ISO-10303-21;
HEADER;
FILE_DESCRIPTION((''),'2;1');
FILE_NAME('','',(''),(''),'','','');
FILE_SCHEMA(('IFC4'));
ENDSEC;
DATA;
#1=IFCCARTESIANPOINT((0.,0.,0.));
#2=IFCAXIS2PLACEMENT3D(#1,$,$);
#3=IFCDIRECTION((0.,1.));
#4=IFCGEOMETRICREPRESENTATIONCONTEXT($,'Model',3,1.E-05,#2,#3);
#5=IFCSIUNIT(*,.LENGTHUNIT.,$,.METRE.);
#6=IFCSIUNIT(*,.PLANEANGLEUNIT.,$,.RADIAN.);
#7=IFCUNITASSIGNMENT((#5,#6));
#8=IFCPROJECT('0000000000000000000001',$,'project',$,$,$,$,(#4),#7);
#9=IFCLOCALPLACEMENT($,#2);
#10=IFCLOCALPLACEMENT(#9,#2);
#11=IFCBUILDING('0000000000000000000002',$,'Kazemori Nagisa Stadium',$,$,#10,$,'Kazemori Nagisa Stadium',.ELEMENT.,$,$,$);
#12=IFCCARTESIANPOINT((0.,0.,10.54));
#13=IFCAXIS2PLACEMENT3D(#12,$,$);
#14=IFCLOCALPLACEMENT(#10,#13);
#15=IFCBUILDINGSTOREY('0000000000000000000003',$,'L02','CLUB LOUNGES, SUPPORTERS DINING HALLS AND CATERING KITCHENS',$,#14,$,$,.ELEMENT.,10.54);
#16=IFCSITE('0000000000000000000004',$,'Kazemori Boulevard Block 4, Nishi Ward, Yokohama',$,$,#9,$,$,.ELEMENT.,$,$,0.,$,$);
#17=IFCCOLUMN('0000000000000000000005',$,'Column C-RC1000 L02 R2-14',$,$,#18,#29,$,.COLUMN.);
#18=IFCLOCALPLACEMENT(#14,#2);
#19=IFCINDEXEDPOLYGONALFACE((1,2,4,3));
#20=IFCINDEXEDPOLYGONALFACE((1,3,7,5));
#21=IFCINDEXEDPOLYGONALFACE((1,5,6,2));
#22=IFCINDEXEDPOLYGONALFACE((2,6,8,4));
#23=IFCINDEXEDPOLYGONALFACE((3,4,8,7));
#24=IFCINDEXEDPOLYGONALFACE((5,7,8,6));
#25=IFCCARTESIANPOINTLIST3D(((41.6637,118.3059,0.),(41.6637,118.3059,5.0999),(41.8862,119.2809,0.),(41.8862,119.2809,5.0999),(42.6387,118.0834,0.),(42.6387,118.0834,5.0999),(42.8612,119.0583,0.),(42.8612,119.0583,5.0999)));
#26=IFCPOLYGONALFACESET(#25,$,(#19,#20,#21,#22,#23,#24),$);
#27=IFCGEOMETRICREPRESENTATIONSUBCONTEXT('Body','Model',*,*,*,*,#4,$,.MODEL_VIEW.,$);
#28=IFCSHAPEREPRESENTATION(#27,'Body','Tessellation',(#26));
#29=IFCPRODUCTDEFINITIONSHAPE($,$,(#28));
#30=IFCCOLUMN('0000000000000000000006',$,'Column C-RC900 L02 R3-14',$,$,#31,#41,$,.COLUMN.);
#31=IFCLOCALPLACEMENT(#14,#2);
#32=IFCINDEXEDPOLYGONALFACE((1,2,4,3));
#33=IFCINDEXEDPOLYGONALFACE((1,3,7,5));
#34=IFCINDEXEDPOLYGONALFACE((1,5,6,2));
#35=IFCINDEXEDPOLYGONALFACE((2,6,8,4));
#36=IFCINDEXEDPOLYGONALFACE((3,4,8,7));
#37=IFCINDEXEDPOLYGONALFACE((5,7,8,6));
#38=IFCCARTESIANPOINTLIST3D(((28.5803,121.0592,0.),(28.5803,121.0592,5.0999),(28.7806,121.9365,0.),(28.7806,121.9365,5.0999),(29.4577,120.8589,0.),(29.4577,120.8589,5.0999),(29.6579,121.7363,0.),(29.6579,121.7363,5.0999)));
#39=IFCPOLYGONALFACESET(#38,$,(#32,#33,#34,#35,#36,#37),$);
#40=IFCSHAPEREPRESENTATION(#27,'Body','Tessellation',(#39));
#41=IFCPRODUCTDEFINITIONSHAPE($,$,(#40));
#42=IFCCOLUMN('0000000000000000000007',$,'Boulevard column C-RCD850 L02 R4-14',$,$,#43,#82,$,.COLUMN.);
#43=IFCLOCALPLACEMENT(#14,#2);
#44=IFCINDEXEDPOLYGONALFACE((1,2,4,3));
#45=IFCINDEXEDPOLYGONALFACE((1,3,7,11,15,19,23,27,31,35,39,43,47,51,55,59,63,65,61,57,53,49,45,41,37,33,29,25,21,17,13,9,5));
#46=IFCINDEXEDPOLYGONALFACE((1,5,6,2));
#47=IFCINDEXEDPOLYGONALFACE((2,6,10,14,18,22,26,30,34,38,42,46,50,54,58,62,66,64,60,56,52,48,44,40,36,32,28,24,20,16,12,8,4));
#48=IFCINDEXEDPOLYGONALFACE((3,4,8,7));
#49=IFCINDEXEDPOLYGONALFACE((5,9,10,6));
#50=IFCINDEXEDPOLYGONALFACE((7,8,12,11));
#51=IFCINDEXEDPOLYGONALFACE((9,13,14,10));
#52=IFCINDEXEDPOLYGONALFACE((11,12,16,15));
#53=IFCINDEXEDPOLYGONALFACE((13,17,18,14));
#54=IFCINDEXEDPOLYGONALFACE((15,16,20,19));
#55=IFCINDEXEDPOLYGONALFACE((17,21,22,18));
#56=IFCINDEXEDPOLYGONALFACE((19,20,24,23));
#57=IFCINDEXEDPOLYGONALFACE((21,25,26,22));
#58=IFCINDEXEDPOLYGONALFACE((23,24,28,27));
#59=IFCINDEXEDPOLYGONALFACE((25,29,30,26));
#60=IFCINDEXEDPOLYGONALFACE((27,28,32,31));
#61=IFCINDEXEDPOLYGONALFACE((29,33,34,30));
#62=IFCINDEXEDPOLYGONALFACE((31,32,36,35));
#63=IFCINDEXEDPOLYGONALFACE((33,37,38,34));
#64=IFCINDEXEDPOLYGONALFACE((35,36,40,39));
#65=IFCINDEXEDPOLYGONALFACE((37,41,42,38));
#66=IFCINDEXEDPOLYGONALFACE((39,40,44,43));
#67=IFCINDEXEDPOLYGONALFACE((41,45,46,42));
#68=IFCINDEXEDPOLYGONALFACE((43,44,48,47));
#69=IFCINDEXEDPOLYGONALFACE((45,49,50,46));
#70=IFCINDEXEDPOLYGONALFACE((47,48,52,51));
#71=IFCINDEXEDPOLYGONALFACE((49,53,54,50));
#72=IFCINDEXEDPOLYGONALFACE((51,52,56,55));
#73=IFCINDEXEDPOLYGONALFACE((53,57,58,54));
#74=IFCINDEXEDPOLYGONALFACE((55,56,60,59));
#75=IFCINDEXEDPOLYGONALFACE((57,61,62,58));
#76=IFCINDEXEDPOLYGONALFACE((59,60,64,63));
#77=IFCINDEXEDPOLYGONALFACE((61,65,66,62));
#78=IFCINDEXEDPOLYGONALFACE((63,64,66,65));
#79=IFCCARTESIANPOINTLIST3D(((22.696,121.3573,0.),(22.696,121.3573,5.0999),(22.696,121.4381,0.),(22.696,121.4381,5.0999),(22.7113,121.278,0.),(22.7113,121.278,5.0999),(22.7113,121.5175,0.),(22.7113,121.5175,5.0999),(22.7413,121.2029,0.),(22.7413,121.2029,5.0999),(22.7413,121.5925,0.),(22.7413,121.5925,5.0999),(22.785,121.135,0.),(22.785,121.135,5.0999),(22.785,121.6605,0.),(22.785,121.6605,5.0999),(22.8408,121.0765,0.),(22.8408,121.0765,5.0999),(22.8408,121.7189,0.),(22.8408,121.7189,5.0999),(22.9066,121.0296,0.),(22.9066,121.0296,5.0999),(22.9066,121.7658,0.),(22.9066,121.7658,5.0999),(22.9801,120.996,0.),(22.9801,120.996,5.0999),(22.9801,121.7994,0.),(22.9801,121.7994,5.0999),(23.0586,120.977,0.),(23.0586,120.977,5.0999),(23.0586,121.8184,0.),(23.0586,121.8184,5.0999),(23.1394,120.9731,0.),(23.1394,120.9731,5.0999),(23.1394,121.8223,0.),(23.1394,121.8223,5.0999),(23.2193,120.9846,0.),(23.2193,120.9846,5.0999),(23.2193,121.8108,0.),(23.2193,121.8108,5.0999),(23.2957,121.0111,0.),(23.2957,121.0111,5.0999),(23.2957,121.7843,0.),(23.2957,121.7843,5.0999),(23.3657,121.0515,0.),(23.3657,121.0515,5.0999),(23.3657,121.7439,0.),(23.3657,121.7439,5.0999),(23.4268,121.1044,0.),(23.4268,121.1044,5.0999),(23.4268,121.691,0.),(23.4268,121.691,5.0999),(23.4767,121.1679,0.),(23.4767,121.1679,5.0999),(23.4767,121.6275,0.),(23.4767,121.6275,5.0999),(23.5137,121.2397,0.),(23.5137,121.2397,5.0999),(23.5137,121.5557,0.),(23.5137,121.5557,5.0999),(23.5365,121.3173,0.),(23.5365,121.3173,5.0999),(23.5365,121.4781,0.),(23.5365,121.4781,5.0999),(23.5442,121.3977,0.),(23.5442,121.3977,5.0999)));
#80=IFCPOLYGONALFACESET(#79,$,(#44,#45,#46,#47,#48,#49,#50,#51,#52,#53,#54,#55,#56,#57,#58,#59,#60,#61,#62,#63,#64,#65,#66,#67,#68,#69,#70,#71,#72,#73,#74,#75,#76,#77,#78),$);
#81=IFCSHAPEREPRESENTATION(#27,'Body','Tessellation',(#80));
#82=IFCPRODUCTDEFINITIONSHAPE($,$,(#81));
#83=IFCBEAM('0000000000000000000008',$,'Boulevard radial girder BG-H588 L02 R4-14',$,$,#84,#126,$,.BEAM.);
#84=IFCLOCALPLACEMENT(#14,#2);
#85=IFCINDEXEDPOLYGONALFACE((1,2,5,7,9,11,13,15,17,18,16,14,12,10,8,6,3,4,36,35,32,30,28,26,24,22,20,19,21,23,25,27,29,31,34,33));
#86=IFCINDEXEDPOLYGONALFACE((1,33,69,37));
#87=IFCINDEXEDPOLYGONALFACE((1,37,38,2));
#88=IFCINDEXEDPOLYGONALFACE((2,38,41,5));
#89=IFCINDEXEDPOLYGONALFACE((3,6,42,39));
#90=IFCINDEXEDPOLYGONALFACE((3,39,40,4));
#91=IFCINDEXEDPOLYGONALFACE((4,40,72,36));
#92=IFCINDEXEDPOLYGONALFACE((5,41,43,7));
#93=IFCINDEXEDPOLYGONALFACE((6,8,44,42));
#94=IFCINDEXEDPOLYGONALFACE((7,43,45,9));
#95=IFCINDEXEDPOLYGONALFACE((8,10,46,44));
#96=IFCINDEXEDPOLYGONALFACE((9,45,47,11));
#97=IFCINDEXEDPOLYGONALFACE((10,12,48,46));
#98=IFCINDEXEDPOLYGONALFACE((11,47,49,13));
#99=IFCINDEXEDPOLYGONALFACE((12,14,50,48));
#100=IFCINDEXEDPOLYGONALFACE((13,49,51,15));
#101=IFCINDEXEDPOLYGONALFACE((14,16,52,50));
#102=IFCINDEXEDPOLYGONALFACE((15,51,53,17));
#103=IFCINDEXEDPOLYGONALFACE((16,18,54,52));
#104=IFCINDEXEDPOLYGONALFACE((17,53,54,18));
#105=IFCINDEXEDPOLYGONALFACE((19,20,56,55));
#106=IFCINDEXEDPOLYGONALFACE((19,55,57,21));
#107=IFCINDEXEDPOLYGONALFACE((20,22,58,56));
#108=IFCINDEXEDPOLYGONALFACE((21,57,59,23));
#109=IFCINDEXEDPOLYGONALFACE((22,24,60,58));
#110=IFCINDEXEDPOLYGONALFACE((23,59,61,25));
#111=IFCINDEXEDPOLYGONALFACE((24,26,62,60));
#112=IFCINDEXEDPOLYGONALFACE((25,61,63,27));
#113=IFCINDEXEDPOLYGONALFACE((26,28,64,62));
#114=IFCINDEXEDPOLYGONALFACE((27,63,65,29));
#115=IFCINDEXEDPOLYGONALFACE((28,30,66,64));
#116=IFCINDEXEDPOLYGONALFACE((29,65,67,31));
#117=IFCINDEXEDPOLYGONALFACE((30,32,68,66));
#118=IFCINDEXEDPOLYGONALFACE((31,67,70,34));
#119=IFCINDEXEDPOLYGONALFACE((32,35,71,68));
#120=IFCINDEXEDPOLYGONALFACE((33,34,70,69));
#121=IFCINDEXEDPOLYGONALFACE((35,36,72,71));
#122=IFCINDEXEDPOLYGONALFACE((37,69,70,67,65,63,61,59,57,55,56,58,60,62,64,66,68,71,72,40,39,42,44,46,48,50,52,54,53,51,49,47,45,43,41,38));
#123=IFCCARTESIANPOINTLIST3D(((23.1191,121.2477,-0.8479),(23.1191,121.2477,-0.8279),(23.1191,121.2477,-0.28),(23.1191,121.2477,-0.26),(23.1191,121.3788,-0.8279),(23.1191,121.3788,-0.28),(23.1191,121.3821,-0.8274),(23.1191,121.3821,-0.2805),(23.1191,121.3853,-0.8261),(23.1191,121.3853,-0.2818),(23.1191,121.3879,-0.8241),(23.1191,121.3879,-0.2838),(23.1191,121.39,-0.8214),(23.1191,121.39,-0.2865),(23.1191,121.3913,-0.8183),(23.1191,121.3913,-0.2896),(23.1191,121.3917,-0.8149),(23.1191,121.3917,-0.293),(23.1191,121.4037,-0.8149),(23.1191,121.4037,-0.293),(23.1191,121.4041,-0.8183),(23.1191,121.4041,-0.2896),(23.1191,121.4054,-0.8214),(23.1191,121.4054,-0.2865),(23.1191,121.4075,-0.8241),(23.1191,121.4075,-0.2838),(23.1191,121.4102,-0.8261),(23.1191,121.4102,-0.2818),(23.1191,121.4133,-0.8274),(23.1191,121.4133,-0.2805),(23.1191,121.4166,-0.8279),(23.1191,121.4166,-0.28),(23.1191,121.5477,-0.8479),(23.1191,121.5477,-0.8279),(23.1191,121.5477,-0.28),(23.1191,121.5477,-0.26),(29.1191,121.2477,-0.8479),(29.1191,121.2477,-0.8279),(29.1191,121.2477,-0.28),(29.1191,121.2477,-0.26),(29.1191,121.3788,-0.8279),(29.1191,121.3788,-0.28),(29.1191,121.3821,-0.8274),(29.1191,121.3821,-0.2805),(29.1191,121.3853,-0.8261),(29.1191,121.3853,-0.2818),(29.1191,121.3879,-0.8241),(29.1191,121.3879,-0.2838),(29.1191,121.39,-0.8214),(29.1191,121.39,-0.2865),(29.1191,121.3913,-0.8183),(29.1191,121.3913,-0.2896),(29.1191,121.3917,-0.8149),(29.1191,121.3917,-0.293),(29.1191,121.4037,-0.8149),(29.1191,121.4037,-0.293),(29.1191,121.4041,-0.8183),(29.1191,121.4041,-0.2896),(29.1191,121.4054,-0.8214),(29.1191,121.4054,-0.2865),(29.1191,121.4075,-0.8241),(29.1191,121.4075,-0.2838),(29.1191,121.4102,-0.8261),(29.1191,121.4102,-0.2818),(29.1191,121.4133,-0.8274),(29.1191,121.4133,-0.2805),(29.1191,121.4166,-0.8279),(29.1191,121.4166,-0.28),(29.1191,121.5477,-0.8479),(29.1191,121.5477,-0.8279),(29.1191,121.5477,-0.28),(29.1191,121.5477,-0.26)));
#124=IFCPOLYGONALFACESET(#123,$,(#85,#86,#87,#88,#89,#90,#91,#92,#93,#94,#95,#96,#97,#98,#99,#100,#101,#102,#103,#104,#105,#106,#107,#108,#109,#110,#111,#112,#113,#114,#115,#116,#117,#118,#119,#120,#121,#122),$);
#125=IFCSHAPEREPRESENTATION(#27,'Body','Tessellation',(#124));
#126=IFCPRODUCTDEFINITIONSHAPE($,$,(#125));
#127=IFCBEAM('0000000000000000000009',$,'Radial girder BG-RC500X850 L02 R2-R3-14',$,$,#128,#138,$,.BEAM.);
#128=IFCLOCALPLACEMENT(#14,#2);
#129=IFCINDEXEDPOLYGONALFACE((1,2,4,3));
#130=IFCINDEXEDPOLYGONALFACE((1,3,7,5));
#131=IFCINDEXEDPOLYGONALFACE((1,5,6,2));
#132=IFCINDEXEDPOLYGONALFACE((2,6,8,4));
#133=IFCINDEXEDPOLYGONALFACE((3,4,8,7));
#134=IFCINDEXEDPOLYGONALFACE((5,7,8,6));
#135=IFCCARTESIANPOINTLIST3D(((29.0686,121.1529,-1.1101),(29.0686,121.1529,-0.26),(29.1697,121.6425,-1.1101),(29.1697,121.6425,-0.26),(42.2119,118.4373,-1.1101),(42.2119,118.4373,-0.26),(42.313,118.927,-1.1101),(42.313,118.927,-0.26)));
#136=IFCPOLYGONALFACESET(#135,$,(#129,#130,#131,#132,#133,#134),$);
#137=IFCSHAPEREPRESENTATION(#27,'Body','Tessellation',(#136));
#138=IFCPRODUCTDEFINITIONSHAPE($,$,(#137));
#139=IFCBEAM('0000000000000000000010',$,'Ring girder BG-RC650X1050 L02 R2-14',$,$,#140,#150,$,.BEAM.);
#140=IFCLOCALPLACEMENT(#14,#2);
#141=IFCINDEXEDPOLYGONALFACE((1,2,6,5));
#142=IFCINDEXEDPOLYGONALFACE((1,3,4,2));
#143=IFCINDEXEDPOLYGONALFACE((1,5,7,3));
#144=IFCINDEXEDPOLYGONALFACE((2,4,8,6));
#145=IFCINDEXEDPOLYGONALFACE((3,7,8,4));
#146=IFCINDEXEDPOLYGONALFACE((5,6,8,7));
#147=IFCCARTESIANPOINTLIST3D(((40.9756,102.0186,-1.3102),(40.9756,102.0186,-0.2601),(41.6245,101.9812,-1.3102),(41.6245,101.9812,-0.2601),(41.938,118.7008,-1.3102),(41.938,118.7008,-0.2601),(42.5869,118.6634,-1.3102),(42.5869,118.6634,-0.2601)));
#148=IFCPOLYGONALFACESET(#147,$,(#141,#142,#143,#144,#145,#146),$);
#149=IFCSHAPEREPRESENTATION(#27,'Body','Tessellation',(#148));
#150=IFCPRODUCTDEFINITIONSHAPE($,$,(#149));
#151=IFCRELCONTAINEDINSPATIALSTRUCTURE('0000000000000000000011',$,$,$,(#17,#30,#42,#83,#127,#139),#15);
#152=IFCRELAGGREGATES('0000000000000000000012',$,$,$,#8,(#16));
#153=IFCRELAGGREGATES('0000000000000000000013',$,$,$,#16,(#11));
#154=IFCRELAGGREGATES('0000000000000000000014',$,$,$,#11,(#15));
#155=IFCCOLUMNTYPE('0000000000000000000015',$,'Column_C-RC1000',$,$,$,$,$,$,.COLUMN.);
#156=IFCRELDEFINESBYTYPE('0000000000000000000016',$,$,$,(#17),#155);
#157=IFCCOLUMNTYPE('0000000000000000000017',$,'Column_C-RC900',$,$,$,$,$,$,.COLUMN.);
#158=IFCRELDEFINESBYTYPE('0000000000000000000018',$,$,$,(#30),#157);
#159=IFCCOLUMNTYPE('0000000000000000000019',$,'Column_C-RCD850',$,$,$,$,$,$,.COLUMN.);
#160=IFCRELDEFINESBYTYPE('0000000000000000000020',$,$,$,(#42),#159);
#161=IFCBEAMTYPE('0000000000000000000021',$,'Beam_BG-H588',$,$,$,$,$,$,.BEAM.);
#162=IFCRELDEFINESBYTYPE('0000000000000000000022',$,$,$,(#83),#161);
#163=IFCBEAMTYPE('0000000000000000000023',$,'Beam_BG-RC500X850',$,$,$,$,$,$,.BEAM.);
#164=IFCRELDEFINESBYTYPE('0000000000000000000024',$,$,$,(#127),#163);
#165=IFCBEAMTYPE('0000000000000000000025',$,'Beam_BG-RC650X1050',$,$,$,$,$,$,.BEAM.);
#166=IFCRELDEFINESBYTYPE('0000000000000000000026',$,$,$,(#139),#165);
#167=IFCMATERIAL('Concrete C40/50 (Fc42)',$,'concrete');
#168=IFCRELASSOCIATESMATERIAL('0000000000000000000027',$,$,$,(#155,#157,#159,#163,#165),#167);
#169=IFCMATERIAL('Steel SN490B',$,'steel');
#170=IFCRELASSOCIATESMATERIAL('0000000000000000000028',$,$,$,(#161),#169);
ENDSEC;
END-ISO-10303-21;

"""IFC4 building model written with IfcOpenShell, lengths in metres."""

from ifc_helpers import new_model, si_unit, direction, frame, origin, origin_2d, place, context, subcontext, project, spatial, rectangle, circle, i_section, extrude, material, material_profile, profile_set, type_object, element, save


model = new_model("IFC4")

# Units and contexts
model_context = context("Model", 3, precision=1e-05, world=origin(), true_north=direction((0.0, 1.0)))
body_context = subcontext(model_context, "Body", "Model", "MODEL_VIEW")
ifc_project = project(units=[si_unit("LENGTHUNIT", "METRE"), si_unit("PLANEANGLEUNIT", "RADIAN")], contexts=[model_context])

# Site, building, storey
site_placement = place(None, origin())
site = spatial("IfcSite", under=ifc_project, at=site_placement, Name="Kazemori Boulevard Block 4, Nishi Ward, Yokohama", CompositionType="ELEMENT", RefElevation=0.0)
building_placement = place(site_placement, origin())
building = spatial("IfcBuilding", under=site, at=building_placement, Name="Kazemori Nagisa Stadium", LongName="Kazemori Nagisa Stadium", CompositionType="ELEMENT")
storey_placement = place(building_placement, frame((0.0, 0.0, 10.54)))
storey = spatial("IfcBuildingStorey", under=building, at=storey_placement, Name="L02", Description="CLUB LOUNGES, SUPPORTERS DINING HALLS AND CATERING KITCHENS", CompositionType="ELEMENT", Elevation=10.54)

# Columns
ifc_material_1 = material(Name="Concrete C40/50 (Fc42)", Category="concrete")
ifc_material_profile_1 = material_profile(ifc_material_1, rectangle(XDim=1.0, YDim=1.0, at=origin_2d()), Name="RC-COL-1000x1000")
ifc_profile_set_1 = profile_set([ifc_material_profile_1], Name="Concrete C40/50 (Fc42)")
column_type_1 = type_object("IfcColumnType", Name="Column_C-RC1000", PredefinedType="COLUMN", material=ifc_profile_set_1)
column_1_placement = place(storey_placement, frame((42.2625, 118.6821, 0.0), z_axis=(0.0, 0.0, 1.0), x_axis=(-0.974928, 0.222521, 0.0)))
element("IfcColumn", 1, at=column_1_placement, inside=storey, type_object=column_type_1, Name="Column C-RC1000 L02 R2-14", PredefinedType="COLUMN", context=body_context, shape_type="SweptSolid", body=[
    extrude(rectangle(XDim=1.0, YDim=1.0, at=origin_2d()), origin(), (0.0, 0.0, 1.0), 5.0999),
])
ifc_material_profile_2 = material_profile(ifc_material_1, rectangle(XDim=0.8999, YDim=0.8999, at=origin_2d()), Name="RC-COL-900x900")
ifc_profile_set_2 = profile_set([ifc_material_profile_2], Name="Concrete C40/50 (Fc42)")
column_type_2 = type_object("IfcColumnType", Name="Column_C-RC900", PredefinedType="COLUMN", material=ifc_profile_set_2)
column_2_placement = place(storey_placement, frame((29.1191, 121.3977, 0.0), z_axis=(0.0, 0.0, 1.0), x_axis=(-0.974928, 0.222521, 0.0)))
element("IfcColumn", 2, at=column_2_placement, inside=storey, type_object=column_type_2, Name="Column C-RC900 L02 R3-14", PredefinedType="COLUMN", context=body_context, shape_type="SweptSolid", body=[
    extrude(rectangle(XDim=0.8999, YDim=0.8999, at=origin_2d()), origin(), (0.0, 0.0, 1.0), 5.0999),
])
ifc_material_profile_3 = material_profile(ifc_material_1, circle(Radius=0.425, at=origin_2d()), Name="RC-COL-D850")
ifc_profile_set_3 = profile_set([ifc_material_profile_3], Name="Concrete C40/50 (Fc42)")
column_type_3 = type_object("IfcColumnType", Name="Column_C-RCD850", PredefinedType="COLUMN", material=ifc_profile_set_3)
column_3_placement = place(storey_placement, frame((23.1191, 121.3977, 0.0), z_axis=(0.0, 0.0, 1.0), x_axis=(1.0, 0.0, 0.0)))
element("IfcColumn", 3, at=column_3_placement, inside=storey, type_object=column_type_3, Name="Boulevard column C-RCD850 L02 R4-14", PredefinedType="COLUMN", context=body_context, shape_type="SweptSolid", body=[
    extrude(circle(Radius=0.425, at=origin_2d()), origin(), (0.0, 0.0, 1.0), 5.0999),
])

# Beams
ifc_material_2 = material(Name="Steel SN490B", Category="steel")
ifc_material_profile_4 = material_profile(ifc_material_2, i_section(OverallWidth=0.3, OverallDepth=0.5879, WebThickness=0.012, FlangeThickness=0.02, FilletRadius=0.0129, at=origin_2d()), Name="H-588x300x12x20")
ifc_profile_set_4 = profile_set([ifc_material_profile_4], Name="Steel SN490B")
beam_type_1 = type_object("IfcBeamType", Name="Beam_BG-H588", PredefinedType="BEAM", material=ifc_profile_set_4)
beam_1_placement = place(storey_placement, frame((29.1191, 121.3977, -0.554), z_axis=(-1.0, 0.0, 0.0), x_axis=(0.0, -1.0, 0.0)))
element("IfcBeam", 4, at=beam_1_placement, inside=storey, type_object=beam_type_1, Name="Boulevard radial girder BG-H588 L02 R4-14", PredefinedType="BEAM", context=body_context, shape_type="SweptSolid", body=[
    extrude(i_section(OverallWidth=0.3, OverallDepth=0.5879, WebThickness=0.012, FlangeThickness=0.02, FilletRadius=0.0129, at=origin_2d()), origin(), (0.0, 0.0, 1.0), 6.0),
])
ifc_material_profile_5 = material_profile(ifc_material_1, rectangle(XDim=0.5, YDim=0.8501, at=origin_2d()), Name="RC-BM-500x850")
ifc_profile_set_5 = profile_set([ifc_material_profile_5], Name="Concrete C40/50 (Fc42)")
beam_type_2 = type_object("IfcBeamType", Name="Beam_BG-RC500X850", PredefinedType="BEAM", material=ifc_profile_set_5)
beam_2_placement = place(storey_placement, frame((42.2625, 118.6821, -0.6851), z_axis=(-0.979316, 0.202339, 0.0), x_axis=(-0.202339, -0.979316, 0.0)))
element("IfcBeam", 5, at=beam_2_placement, inside=storey, type_object=beam_type_2, Name="Radial girder BG-RC500X850 L02 R2-R3-14", PredefinedType="BEAM", context=body_context, shape_type="SweptSolid", body=[
    extrude(rectangle(XDim=0.5, YDim=0.8501, at=origin_2d()), origin(), (0.0, 0.0, 1.0), 13.4209),
])
ifc_material_profile_6 = material_profile(ifc_material_1, rectangle(XDim=0.6499, YDim=1.05, at=origin_2d()), Name="RC-BM-650x1050")
ifc_profile_set_6 = profile_set([ifc_material_profile_6], Name="Concrete C40/50 (Fc42)")
beam_type_3 = type_object("IfcBeamType", Name="Beam_BG-RC650X1050", PredefinedType="BEAM", material=ifc_profile_set_6)
beam_3_placement = place(storey_placement, frame((42.2625, 118.6821, -0.7852), z_axis=(-0.057595, -0.99834, 0.0), x_axis=(0.99834, -0.057595, 0.0)))
element("IfcBeam", 6, at=beam_3_placement, inside=storey, type_object=beam_type_3, Name="Ring girder BG-RC650X1050 L02 R2-14", PredefinedType="BEAM", context=body_context, shape_type="SweptSolid", body=[
    extrude(rectangle(XDim=0.6499, YDim=1.05, at=origin_2d()), origin(), (0.0, 0.0, 1.0), 16.71),
])

save(model, "model.ifc")
